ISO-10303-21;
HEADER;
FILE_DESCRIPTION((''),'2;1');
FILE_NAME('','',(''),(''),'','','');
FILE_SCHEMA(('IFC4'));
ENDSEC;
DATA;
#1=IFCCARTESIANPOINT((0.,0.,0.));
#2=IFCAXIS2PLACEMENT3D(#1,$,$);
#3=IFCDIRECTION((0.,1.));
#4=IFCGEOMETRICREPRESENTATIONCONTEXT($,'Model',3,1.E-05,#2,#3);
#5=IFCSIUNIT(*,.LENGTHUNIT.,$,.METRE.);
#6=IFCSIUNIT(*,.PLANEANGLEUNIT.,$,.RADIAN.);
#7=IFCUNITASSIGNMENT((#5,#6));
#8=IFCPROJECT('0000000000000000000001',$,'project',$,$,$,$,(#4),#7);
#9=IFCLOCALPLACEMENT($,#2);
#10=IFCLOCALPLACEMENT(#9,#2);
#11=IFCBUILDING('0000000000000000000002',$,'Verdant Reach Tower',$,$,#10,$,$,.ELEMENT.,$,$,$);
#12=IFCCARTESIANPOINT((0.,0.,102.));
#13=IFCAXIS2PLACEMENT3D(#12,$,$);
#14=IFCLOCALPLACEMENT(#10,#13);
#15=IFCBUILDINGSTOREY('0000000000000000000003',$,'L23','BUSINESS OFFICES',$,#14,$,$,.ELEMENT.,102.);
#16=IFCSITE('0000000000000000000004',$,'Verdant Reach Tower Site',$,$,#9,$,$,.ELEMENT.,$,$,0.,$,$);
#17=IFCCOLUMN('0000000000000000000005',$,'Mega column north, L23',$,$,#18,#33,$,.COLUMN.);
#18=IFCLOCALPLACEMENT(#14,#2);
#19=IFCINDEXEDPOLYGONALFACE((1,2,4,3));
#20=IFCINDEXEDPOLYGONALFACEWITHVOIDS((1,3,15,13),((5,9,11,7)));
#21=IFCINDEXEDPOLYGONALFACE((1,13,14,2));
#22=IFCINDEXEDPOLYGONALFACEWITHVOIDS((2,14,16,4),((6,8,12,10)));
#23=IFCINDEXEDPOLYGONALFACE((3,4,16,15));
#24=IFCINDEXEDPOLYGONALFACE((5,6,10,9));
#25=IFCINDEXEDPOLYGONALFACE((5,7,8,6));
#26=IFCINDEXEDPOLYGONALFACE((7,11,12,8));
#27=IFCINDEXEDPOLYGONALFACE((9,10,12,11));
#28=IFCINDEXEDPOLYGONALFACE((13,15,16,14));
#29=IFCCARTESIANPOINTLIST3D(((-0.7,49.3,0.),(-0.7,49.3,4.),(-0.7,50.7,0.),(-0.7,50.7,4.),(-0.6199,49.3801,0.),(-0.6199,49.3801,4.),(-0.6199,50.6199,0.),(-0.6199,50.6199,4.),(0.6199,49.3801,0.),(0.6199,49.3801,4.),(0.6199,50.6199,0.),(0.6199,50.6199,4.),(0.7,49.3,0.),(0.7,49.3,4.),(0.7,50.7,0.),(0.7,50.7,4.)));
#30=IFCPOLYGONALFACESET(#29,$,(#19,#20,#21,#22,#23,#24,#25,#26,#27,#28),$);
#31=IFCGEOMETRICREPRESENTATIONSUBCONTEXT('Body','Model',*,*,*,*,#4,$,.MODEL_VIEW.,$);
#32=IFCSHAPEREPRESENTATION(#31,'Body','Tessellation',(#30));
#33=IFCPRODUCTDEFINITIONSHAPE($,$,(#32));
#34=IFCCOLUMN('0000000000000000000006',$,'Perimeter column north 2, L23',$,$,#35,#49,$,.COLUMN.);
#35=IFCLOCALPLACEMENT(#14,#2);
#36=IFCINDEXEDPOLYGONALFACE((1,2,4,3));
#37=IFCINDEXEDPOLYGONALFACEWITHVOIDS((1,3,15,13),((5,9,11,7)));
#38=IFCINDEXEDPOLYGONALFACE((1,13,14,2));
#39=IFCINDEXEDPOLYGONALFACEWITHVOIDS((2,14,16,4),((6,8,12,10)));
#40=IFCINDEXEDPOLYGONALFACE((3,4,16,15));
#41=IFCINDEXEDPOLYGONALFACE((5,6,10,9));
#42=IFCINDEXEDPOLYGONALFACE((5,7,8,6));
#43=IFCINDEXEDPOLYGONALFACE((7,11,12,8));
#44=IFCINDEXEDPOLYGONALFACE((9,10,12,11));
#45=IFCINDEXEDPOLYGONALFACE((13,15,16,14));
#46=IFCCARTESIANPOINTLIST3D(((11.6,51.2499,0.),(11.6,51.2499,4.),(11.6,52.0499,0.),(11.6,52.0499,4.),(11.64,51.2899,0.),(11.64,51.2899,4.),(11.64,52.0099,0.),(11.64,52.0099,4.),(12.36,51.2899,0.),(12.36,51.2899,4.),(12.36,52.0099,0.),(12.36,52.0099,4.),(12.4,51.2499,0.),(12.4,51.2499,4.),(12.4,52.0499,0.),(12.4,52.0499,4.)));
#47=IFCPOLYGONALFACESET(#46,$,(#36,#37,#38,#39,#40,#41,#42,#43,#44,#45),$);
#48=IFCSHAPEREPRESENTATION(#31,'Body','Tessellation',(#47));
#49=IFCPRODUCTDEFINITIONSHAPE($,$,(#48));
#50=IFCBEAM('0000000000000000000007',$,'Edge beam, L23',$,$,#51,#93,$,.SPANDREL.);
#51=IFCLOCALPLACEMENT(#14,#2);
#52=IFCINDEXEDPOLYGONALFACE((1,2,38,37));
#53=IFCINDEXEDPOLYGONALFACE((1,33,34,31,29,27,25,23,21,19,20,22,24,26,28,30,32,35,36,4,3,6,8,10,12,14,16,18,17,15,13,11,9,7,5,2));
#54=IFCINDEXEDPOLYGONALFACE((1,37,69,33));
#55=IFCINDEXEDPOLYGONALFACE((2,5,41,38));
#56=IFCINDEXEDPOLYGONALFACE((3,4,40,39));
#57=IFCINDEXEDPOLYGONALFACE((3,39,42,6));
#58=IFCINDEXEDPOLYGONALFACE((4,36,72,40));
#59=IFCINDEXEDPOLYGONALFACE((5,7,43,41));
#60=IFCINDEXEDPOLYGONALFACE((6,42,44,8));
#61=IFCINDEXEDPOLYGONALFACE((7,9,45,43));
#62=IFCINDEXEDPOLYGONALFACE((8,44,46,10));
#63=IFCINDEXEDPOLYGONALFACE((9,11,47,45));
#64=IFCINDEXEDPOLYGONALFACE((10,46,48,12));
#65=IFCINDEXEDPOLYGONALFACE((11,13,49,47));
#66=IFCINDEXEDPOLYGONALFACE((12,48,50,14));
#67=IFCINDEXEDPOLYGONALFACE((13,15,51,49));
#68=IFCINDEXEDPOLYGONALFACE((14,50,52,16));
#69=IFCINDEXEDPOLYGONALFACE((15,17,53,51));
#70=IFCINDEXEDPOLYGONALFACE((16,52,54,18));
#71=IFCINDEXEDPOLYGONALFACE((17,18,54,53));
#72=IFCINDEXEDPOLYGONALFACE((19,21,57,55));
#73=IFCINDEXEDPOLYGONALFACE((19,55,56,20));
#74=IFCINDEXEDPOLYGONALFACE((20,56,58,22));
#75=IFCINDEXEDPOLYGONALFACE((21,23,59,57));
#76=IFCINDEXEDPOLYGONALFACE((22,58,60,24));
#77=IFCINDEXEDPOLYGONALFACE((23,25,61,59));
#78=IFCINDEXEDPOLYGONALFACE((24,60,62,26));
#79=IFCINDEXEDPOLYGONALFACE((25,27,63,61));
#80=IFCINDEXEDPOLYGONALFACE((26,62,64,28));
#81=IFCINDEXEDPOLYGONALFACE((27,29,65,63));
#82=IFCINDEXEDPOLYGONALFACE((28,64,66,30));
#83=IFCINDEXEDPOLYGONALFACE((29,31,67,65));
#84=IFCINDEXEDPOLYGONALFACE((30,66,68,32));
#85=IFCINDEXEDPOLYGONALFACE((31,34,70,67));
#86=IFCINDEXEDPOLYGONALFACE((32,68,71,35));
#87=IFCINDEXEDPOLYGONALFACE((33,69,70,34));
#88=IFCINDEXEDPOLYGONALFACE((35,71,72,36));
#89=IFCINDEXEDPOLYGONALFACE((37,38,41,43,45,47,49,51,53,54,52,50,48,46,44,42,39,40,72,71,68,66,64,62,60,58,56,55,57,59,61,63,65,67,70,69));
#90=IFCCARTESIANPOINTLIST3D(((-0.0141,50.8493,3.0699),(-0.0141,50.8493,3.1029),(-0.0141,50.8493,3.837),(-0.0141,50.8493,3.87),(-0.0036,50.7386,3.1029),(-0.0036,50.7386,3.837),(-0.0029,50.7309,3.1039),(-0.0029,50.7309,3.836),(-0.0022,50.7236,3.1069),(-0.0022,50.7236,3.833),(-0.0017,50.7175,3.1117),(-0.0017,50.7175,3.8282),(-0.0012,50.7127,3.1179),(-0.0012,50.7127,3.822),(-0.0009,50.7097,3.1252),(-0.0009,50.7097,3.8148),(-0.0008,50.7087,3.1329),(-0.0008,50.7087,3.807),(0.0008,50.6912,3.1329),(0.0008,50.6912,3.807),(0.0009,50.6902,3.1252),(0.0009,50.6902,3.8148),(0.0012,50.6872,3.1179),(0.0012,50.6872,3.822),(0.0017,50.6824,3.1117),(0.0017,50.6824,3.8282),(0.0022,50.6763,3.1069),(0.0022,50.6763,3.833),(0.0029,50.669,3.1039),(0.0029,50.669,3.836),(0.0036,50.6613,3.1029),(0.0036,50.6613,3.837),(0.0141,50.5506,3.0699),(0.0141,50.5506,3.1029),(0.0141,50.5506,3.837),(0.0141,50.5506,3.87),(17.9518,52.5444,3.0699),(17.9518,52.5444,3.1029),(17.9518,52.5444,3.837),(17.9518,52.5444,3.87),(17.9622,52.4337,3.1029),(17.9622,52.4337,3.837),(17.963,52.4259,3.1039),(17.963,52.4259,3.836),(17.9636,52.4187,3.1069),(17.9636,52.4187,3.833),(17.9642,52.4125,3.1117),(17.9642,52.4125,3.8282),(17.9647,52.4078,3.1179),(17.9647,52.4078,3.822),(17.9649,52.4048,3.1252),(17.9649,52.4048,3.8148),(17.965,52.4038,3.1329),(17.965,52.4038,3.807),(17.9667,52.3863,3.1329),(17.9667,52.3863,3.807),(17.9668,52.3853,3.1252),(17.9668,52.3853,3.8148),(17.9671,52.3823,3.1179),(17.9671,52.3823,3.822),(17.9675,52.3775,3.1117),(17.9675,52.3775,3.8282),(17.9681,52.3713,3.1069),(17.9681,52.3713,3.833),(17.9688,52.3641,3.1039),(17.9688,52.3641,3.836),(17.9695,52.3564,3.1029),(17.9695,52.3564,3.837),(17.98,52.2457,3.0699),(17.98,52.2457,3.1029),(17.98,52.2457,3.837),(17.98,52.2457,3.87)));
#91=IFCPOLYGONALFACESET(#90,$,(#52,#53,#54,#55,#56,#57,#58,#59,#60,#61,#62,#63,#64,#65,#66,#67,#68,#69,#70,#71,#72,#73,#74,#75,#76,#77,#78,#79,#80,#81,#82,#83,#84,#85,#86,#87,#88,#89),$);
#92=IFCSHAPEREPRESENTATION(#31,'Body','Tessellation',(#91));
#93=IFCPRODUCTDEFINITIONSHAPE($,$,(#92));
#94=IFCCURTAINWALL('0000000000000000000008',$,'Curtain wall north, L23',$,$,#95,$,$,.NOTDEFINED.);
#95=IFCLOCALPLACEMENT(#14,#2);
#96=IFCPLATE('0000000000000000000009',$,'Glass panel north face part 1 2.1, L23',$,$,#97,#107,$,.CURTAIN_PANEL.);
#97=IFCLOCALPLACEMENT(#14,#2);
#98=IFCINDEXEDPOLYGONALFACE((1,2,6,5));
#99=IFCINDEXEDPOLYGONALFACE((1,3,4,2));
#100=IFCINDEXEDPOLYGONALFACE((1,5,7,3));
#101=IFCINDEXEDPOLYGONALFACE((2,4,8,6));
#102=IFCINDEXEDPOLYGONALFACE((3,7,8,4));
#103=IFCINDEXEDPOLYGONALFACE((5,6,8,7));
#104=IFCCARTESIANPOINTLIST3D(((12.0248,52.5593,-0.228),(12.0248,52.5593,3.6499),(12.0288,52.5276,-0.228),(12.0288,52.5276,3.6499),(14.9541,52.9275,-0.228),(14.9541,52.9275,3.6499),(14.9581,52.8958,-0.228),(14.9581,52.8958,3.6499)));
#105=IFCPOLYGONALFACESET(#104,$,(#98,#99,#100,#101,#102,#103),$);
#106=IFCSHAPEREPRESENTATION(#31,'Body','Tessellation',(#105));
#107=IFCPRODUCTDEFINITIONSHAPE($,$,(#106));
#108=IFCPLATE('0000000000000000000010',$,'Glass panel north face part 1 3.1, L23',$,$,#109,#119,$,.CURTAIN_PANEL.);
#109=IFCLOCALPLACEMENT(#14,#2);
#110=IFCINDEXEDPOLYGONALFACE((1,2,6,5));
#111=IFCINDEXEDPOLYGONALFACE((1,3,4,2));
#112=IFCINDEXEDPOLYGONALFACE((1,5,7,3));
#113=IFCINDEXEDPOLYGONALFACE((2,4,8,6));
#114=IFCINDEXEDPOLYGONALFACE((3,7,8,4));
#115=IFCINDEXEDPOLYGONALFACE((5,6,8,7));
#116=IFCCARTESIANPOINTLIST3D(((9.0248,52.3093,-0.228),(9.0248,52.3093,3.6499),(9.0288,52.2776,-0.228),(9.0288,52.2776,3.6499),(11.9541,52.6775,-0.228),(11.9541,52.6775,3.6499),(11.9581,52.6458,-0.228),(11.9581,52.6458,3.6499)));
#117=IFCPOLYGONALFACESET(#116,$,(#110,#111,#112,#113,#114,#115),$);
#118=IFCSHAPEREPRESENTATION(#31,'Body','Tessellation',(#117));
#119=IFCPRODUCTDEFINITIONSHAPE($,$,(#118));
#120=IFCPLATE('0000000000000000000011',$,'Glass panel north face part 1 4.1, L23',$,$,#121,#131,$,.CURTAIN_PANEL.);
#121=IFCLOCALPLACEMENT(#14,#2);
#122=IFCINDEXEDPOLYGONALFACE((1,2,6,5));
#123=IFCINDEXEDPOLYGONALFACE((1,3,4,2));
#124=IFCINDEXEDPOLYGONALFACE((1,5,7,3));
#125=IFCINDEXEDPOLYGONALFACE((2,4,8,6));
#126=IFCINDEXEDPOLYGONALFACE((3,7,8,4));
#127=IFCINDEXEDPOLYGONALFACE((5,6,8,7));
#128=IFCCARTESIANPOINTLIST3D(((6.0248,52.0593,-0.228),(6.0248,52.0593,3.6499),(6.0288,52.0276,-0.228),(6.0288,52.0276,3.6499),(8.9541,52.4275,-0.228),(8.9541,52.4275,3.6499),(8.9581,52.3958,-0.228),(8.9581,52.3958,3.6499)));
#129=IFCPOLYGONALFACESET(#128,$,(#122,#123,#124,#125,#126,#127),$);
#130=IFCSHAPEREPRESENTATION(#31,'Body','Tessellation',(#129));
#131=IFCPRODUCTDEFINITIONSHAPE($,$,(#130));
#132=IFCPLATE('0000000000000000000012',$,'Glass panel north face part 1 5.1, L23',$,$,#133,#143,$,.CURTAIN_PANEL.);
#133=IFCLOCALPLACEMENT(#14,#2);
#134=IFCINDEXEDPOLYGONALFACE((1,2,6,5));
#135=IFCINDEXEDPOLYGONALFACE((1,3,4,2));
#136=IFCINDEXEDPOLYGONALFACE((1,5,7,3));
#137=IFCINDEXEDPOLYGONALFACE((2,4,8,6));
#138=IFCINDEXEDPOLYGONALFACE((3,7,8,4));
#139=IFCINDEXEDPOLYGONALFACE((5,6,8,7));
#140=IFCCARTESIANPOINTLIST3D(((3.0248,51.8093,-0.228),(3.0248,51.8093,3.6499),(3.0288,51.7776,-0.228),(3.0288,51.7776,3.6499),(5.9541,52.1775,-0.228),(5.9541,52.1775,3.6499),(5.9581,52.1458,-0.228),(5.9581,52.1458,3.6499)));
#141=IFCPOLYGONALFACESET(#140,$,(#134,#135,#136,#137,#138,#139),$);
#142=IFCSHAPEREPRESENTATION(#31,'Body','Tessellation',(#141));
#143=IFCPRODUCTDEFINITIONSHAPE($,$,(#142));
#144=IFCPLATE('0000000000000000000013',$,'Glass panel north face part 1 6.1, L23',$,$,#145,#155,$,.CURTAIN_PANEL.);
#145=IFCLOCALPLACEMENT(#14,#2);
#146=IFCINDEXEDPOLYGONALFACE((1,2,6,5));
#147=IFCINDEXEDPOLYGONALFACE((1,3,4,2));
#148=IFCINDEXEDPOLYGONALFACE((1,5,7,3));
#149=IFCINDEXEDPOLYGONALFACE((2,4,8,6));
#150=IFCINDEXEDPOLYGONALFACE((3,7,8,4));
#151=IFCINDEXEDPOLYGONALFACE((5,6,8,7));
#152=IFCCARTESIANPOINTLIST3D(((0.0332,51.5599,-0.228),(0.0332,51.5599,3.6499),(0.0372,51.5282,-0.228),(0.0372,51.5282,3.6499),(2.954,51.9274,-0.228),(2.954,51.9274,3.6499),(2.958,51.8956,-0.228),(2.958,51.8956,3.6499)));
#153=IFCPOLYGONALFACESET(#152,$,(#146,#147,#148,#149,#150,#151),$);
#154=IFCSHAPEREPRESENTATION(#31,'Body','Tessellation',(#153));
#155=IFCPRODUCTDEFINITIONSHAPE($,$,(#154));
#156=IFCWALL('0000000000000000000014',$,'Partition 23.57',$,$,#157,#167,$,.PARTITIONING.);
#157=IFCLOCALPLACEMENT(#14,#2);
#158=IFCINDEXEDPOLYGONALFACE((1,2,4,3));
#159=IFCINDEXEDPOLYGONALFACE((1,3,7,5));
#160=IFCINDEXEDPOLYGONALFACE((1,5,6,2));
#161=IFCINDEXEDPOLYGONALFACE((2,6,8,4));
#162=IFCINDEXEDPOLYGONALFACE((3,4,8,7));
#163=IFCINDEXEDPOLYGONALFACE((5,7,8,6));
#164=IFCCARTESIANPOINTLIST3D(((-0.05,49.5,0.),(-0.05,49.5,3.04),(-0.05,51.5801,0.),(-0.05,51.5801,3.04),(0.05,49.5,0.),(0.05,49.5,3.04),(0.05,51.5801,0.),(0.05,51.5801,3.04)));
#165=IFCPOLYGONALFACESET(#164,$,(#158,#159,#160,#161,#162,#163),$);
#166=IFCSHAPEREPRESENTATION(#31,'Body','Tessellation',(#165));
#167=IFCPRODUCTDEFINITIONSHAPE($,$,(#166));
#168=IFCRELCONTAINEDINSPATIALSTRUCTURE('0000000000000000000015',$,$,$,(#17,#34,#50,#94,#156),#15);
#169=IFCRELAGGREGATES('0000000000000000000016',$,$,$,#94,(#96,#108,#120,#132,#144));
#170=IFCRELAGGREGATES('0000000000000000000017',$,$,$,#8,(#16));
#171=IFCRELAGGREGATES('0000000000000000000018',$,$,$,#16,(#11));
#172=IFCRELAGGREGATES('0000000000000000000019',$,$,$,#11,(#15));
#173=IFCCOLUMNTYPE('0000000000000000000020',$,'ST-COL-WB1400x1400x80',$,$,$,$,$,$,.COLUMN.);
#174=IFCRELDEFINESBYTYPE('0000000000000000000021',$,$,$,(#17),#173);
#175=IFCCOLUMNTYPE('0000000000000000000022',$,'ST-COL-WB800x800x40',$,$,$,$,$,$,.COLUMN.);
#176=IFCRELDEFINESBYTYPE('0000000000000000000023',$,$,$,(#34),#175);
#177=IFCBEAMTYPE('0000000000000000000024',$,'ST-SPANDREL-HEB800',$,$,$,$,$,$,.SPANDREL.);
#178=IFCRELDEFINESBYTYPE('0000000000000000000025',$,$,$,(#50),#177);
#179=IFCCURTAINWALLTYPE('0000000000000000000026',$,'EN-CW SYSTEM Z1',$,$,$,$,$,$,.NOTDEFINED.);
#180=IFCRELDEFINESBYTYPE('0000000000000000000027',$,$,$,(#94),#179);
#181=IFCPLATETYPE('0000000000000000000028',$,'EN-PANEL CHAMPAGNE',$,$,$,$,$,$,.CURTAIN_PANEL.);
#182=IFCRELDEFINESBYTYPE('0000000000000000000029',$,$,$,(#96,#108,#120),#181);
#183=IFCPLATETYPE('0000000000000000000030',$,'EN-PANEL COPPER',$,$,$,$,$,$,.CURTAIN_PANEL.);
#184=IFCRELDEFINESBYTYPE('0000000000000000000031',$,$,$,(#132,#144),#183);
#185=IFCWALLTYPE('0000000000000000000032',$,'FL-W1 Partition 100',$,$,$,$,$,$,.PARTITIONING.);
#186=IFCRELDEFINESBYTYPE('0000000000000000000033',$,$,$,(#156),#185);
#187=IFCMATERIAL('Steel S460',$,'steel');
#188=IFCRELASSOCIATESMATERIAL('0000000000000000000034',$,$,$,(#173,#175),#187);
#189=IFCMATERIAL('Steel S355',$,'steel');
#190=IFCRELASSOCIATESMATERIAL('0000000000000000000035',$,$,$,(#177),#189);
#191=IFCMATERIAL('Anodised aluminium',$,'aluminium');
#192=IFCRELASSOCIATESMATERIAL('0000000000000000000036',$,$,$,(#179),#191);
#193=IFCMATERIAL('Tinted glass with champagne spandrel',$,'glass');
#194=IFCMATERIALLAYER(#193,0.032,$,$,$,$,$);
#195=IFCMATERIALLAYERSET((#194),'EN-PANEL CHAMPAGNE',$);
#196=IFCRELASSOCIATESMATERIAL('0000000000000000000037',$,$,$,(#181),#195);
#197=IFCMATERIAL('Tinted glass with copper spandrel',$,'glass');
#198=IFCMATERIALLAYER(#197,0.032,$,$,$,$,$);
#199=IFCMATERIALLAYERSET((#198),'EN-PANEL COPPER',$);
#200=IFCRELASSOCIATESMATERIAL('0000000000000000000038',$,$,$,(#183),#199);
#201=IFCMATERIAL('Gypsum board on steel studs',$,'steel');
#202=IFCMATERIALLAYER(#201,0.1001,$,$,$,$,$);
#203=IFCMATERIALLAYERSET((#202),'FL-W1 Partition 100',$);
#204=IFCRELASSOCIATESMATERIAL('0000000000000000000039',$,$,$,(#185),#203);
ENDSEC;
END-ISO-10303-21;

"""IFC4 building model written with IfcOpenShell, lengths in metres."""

from ifc_helpers import new_model, si_unit, direction, frame, frame_2d, origin, origin_2d, place, context, subcontext, project, spatial, rectangle, hollow_rectangle, i_section, extrude, material, layer, layer_set, material_profile, profile_set, type_object, element, aggregate, save


model = new_model("IFC4")

# Units and contexts
model_context = context("Model", 3, precision=1e-05, world=origin(), true_north=direction((0.0, 1.0)))
body_context = subcontext(model_context, "Body", "Model", "MODEL_VIEW")
ifc_project = project(units=[si_unit("LENGTHUNIT", "METRE"), si_unit("PLANEANGLEUNIT", "RADIAN")], contexts=[model_context])

# Site, building, storey
site_placement = place(None, origin())
site = spatial("IfcSite", under=ifc_project, at=site_placement, Name="Verdant Reach Tower Site", CompositionType="ELEMENT", RefElevation=0.0)
building_placement = place(site_placement, origin())
building = spatial("IfcBuilding", under=site, at=building_placement, Name="Verdant Reach Tower", CompositionType="ELEMENT")
storey_placement = place(building_placement, frame((0.0, 0.0, 102.0)))
storey = spatial("IfcBuildingStorey", under=building, at=storey_placement, Name="L23", Description="BUSINESS OFFICES", CompositionType="ELEMENT", Elevation=102.0)

# Columns
ifc_material_1 = material(Name="Steel S460", Category="steel")
ifc_material_profile_1 = material_profile(ifc_material_1, hollow_rectangle(XDim=1.3999, YDim=1.3999, WallThickness=0.0801, at=origin_2d()), Name="WB 1400x1400x80")
ifc_profile_set_1 = profile_set([ifc_material_profile_1], Name="Steel S460")
column_type_1 = type_object("IfcColumnType", Name="ST-COL-WB1400x1400x80", PredefinedType="COLUMN", material=ifc_profile_set_1)
column_1_placement = place(storey_placement, frame((0.0, 50.0, 0.0), z_axis=(0.0, 0.0, 1.0), x_axis=(1.0, 0.0, 0.0)))
element("IfcColumn", 1, at=column_1_placement, inside=storey, type_object=column_type_1, Name="Mega column north, L23", PredefinedType="COLUMN", context=body_context, shape_type="SweptSolid", body=[
    extrude(hollow_rectangle(XDim=1.3999, YDim=1.3999, WallThickness=0.0801, at=origin_2d()), origin(), (0.0, 0.0, 1.0), 4.0),
])
ifc_material_profile_2 = material_profile(ifc_material_1, hollow_rectangle(XDim=0.8, YDim=0.8, WallThickness=0.04, at=origin_2d()), Name="WB 800x800x40")
ifc_profile_set_2 = profile_set([ifc_material_profile_2], Name="Steel S460")
column_type_2 = type_object("IfcColumnType", Name="ST-COL-WB800x800x40", PredefinedType="COLUMN", material=ifc_profile_set_2)
column_2_placement = place(storey_placement, frame((12.0, 51.6499, 0.0), z_axis=(0.0, 0.0, 1.0), x_axis=(1.0, 0.0, 0.0)))
element("IfcColumn", 2, at=column_2_placement, inside=storey, type_object=column_type_2, Name="Perimeter column north 2, L23", PredefinedType="COLUMN", context=body_context, shape_type="SweptSolid", body=[
    extrude(hollow_rectangle(XDim=0.8, YDim=0.8, WallThickness=0.04, at=origin_2d()), origin(), (0.0, 0.0, 1.0), 4.0),
])

# Beam
ifc_material_2 = material(Name="Steel S355", Category="steel")
ifc_material_profile_3 = material_profile(ifc_material_2, i_section(OverallWidth=0.3, OverallDepth=0.8, WebThickness=0.0176, FlangeThickness=0.033, FilletRadius=0.03, at=origin_2d()), Name="HEB 800")
ifc_profile_set_3 = profile_set([ifc_material_profile_3], Name="Steel S355")
beam_type = type_object("IfcBeamType", Name="ST-SPANDREL-HEB800", PredefinedType="SPANDREL", material=ifc_profile_set_3)
beam_placement = place(storey_placement, frame((0.0, 50.7, 3.47), z_axis=(0.995579, 0.093932, 0.0), x_axis=(-0.093932, 0.995579, 0.0)))
element("IfcBeam", 3, at=beam_placement, inside=storey, type_object=beam_type, Name="Edge beam, L23", PredefinedType="SPANDREL", context=body_context, shape_type="SweptSolid", body=[
    extrude(i_section(OverallWidth=0.3, OverallDepth=0.8, WebThickness=0.0176, FlangeThickness=0.033, FilletRadius=0.03, at=origin_2d()), origin(), (0.0, 0.0, 1.0), 18.0457),
])

# Curtain wall, plates
ifc_material_3 = material(Name="Anodised aluminium", Category="aluminium")
curtain_wall_type = type_object("IfcCurtainWallType", Name="EN-CW SYSTEM Z1", PredefinedType="NOTDEFINED", material=ifc_material_3)
curtain_wall_placement = place(storey_placement, origin())
curtain_wall = element("IfcCurtainWall", 4, at=curtain_wall_placement, inside=storey, type_object=curtain_wall_type, Name="Curtain wall north, L23", PredefinedType="NOTDEFINED")
ifc_material_4 = material(Name="Tinted glass with champagne spandrel", Category="glass")
ifc_layer_1 = layer(ifc_material_4, 0.032)
ifc_layer_set_1 = layer_set([ifc_layer_1], Name="EN-PANEL CHAMPAGNE")
plate_type_1 = type_object("IfcPlateType", Name="EN-PANEL CHAMPAGNE", PredefinedType="CURTAIN_PANEL", material=ifc_layer_set_1)
plate_1_placement = place(storey_placement, frame((13.4915, 52.7275, -0.228), z_axis=(0.0, 0.0, 1.0), x_axis=(-0.992194, -0.124704, 0.0)))
plate_1 = element("IfcPlate", 5, at=plate_1_placement, type_object=plate_type_1, Name="Glass panel north face part 1 2.1, L23", PredefinedType="CURTAIN_PANEL", context=body_context, shape_type="SweptSolid", body=[
    extrude(rectangle(XDim=2.9524, YDim=0.032, at=origin_2d()), origin(), (0.0, 0.0, 1.0), 3.8779),
])
plate_2_placement = place(storey_placement, frame((10.4915, 52.4775, -0.228), z_axis=(0.0, 0.0, 1.0), x_axis=(-0.992194, -0.124704, 0.0)))
plate_2 = element("IfcPlate", 6, at=plate_2_placement, type_object=plate_type_1, Name="Glass panel north face part 1 3.1, L23", PredefinedType="CURTAIN_PANEL", context=body_context, shape_type="SweptSolid", body=[
    extrude(rectangle(XDim=2.9524, YDim=0.032, at=origin_2d()), origin(), (0.0, 0.0, 1.0), 3.8779),
])
plate_3_placement = place(storey_placement, frame((7.4915, 52.2275, -0.228), z_axis=(0.0, 0.0, 1.0), x_axis=(-0.992194, -0.124704, 0.0)))
plate_3 = element("IfcPlate", 7, at=plate_3_placement, type_object=plate_type_1, Name="Glass panel north face part 1 4.1, L23", PredefinedType="CURTAIN_PANEL", context=body_context, shape_type="SweptSolid", body=[
    extrude(rectangle(XDim=2.9524, YDim=0.032, at=origin_2d()), origin(), (0.0, 0.0, 1.0), 3.8779),
])
ifc_material_5 = material(Name="Tinted glass with copper spandrel", Category="glass")
ifc_layer_2 = layer(ifc_material_5, 0.032)
ifc_layer_set_2 = layer_set([ifc_layer_2], Name="EN-PANEL COPPER")
plate_type_2 = type_object("IfcPlateType", Name="EN-PANEL COPPER", PredefinedType="CURTAIN_PANEL", material=ifc_layer_set_2)
plate_4_placement = place(storey_placement, frame((4.4915, 51.9775, -0.228), z_axis=(0.0, 0.0, 1.0), x_axis=(-0.992194, -0.124704, 0.0)))
plate_4 = element("IfcPlate", 8, at=plate_4_placement, type_object=plate_type_2, Name="Glass panel north face part 1 5.1, L23", PredefinedType="CURTAIN_PANEL", context=body_context, shape_type="SweptSolid", body=[
    extrude(rectangle(XDim=2.9524, YDim=0.032, at=origin_2d()), origin(), (0.0, 0.0, 1.0), 3.8779),
])
plate_5_placement = place(storey_placement, frame((1.4956, 51.7278, -0.228), z_axis=(0.0, 0.0, 1.0), x_axis=(-0.992179, -0.124821, 0.0)))
plate_5 = element("IfcPlate", 9, at=plate_5_placement, type_object=plate_type_2, Name="Glass panel north face part 1 6.1, L23", PredefinedType="CURTAIN_PANEL", context=body_context, shape_type="SweptSolid", body=[
    extrude(rectangle(XDim=2.9438, YDim=0.032, at=origin_2d()), origin(), (0.0, 0.0, 1.0), 3.8779),
])
aggregate(curtain_wall, [plate_1, plate_2, plate_3, plate_4, plate_5])

# Wall
ifc_material_6 = material(Name="Gypsum board on steel studs", Category="steel")
ifc_layer_3 = layer(ifc_material_6, 0.1001)
ifc_layer_set_3 = layer_set([ifc_layer_3], Name="FL-W1 Partition 100")
wall_type_1 = type_object("IfcWallType", Name="FL-W1 Partition 100", PredefinedType="PARTITIONING", material=ifc_layer_set_3)
wall_1_placement = place(storey_placement, frame((0.0, 49.5, 0.0), z_axis=(0.0, 0.0, 1.0), x_axis=(0.0, 1.0, 0.0)))
element("IfcWall", 10, at=wall_1_placement, inside=storey, type_object=wall_type_1, Name="Partition 23.57", PredefinedType="PARTITIONING", context=body_context, shape_type="SweptSolid", body=[
    extrude(rectangle(XDim=2.0801, YDim=0.1001, at=frame_2d((1.04, 0.0))), origin(), (0.0, 0.0, 1.0), 3.04),
])

save(model, "model.ifc")
